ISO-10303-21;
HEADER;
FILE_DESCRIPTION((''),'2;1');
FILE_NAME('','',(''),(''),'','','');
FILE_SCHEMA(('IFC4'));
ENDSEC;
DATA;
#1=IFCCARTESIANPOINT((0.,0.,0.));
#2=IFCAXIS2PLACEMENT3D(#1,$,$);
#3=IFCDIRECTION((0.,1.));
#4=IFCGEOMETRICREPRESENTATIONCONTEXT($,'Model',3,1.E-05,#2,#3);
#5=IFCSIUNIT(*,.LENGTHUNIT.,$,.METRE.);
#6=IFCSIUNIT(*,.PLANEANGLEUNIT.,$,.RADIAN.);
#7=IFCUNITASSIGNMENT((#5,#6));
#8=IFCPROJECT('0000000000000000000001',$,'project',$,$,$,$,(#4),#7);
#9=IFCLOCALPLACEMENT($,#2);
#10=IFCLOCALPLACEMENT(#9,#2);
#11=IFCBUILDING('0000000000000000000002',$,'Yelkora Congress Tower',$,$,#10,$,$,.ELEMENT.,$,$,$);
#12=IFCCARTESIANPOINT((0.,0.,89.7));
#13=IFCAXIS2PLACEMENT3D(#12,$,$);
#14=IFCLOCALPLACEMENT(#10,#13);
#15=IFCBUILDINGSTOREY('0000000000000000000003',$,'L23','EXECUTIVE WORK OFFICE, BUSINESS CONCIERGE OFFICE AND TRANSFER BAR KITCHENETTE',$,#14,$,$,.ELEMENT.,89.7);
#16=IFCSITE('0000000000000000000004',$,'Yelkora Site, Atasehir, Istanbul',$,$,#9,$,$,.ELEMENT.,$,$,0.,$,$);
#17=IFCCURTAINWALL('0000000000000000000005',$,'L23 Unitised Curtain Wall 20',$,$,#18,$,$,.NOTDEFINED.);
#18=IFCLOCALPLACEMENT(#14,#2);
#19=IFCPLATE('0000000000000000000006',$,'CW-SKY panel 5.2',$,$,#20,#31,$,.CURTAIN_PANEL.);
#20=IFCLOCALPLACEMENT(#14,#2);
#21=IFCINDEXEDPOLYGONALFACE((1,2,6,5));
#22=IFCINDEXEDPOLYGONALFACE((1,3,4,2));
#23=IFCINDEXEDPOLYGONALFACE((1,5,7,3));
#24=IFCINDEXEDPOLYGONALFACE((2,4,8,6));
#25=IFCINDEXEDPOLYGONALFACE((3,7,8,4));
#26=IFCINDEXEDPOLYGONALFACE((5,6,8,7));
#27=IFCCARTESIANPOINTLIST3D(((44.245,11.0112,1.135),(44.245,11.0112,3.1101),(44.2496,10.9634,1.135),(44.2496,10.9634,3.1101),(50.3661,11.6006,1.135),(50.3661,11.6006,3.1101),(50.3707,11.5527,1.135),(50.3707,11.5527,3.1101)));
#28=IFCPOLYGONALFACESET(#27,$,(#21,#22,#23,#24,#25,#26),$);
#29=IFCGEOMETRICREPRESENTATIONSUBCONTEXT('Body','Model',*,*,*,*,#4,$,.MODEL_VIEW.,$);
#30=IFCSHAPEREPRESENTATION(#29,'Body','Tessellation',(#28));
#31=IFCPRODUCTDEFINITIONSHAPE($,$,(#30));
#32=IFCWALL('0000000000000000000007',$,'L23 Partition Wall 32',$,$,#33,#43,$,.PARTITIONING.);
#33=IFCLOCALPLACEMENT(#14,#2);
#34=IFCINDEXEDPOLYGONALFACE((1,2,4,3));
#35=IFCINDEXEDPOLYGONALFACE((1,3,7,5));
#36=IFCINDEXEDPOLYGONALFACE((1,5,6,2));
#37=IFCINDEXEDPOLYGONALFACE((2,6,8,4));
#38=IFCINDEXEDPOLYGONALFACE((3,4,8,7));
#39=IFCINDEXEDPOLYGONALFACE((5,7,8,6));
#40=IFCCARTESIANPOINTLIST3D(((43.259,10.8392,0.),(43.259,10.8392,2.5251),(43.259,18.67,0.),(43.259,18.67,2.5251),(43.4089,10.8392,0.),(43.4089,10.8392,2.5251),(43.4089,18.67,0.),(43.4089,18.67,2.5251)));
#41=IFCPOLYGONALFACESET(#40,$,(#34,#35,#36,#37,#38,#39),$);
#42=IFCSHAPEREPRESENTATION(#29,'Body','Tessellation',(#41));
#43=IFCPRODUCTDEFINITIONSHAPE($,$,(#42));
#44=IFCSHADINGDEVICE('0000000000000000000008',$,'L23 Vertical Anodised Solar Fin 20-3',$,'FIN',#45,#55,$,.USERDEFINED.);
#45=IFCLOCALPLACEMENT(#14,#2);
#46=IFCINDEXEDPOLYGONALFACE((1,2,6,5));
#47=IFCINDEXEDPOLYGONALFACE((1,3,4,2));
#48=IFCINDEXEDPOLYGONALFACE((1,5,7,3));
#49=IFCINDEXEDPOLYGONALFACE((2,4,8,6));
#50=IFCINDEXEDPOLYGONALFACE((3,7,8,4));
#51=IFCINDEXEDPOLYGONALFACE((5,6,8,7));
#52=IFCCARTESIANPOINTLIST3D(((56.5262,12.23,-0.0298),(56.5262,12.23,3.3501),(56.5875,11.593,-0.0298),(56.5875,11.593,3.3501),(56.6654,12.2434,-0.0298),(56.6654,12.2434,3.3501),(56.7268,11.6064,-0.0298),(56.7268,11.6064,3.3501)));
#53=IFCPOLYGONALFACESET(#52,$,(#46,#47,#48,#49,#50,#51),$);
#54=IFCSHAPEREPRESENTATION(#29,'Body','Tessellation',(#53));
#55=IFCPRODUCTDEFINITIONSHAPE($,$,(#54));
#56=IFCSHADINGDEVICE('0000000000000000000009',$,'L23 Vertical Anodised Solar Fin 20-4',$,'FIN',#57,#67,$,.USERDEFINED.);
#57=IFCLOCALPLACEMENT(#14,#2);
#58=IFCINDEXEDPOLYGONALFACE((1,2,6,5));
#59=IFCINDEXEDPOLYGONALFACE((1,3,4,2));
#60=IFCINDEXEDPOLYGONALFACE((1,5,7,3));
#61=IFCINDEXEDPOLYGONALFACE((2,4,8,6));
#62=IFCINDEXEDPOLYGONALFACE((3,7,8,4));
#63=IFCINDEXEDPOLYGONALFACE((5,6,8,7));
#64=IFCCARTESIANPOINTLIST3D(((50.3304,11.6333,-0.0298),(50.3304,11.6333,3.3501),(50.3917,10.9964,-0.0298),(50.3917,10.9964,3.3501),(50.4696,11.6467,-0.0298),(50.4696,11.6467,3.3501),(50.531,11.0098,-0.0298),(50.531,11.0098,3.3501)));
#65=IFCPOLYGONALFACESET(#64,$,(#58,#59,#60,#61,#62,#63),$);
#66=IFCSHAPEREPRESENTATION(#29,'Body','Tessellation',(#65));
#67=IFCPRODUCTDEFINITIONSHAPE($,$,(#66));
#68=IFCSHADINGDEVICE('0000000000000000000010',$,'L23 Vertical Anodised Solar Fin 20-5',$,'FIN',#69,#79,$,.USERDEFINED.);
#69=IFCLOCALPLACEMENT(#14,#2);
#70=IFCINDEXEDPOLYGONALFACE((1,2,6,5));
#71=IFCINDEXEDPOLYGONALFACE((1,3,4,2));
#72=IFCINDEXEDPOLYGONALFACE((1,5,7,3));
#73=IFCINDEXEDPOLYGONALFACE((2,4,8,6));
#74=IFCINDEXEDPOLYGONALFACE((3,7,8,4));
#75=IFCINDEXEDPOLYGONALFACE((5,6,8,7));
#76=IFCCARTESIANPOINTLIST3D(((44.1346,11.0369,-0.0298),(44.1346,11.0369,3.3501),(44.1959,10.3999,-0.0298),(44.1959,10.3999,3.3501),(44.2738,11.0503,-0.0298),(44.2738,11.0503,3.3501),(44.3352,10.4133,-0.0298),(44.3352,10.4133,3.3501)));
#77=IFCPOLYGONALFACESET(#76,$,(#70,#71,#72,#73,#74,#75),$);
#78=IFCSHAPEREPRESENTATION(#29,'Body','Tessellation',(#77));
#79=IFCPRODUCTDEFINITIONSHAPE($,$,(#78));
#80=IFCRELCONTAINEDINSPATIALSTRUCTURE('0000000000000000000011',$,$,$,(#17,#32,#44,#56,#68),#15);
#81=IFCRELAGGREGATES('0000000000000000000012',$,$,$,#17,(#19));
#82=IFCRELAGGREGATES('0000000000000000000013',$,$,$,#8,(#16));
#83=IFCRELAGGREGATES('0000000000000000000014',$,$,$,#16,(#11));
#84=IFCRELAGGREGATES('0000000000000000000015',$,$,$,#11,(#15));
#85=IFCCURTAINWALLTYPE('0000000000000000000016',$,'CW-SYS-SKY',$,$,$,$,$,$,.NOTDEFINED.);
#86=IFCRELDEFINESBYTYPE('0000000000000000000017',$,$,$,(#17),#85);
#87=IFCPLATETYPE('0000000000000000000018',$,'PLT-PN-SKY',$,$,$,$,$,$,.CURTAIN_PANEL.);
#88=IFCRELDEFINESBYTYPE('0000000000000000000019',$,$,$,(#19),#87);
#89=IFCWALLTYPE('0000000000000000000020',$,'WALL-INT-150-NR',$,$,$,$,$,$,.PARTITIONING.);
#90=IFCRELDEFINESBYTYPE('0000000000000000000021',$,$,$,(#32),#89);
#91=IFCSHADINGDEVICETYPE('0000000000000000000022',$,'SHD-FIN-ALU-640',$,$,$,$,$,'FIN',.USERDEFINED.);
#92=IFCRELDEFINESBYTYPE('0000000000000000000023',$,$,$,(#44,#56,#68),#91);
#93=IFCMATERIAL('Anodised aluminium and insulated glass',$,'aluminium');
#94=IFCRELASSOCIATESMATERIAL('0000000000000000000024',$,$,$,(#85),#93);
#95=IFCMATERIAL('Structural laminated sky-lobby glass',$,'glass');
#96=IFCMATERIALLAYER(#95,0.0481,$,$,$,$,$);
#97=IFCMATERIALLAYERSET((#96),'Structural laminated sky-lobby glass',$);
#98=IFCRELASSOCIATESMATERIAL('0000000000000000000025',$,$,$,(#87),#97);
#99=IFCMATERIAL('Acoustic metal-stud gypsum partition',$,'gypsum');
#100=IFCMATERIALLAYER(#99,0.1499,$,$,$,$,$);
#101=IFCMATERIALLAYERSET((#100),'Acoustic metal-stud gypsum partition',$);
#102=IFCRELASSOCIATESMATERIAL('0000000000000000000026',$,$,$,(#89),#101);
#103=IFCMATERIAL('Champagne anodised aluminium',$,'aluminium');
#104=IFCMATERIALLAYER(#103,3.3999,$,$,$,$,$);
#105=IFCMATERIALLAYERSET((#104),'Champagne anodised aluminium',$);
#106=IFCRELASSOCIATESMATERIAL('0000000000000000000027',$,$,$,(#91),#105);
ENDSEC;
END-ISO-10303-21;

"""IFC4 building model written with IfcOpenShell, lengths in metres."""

from ifc_helpers import new_model, si_unit, direction, frame, frame_2d, origin, origin_2d, place, context, subcontext, project, spatial, rectangle, extrude, material, layer, layer_set, type_object, element, aggregate, save


model = new_model("IFC4")

# Units and contexts
model_context = context("Model", 3, precision=1e-05, world=origin(), true_north=direction((0.0, 1.0)))
body_context = subcontext(model_context, "Body", "Model", "MODEL_VIEW")
ifc_project = project(units=[si_unit("LENGTHUNIT", "METRE"), si_unit("PLANEANGLEUNIT", "RADIAN")], contexts=[model_context])

# Site, building, storey
site_placement = place(None, origin())
site = spatial("IfcSite", under=ifc_project, at=site_placement, Name="Yelkora Site, Atasehir, Istanbul", CompositionType="ELEMENT", RefElevation=0.0)
building_placement = place(site_placement, origin())
building = spatial("IfcBuilding", under=site, at=building_placement, Name="Yelkora Congress Tower", CompositionType="ELEMENT")
storey_placement = place(building_placement, frame((0.0, 0.0, 89.7)))
storey = spatial("IfcBuildingStorey", under=building, at=storey_placement, Name="L23", Description="EXECUTIVE WORK OFFICE, BUSINESS CONCIERGE OFFICE AND TRANSFER BAR KITCHENETTE", CompositionType="ELEMENT", Elevation=89.7)

# Curtain wall, plate
ifc_material_1 = material(Name="Anodised aluminium and insulated glass", Category="aluminium")
curtain_wall_type = type_object("IfcCurtainWallType", Name="CW-SYS-SKY", PredefinedType="NOTDEFINED", material=ifc_material_1)
curtain_wall_placement = place(storey_placement, origin())
curtain_wall = element("IfcCurtainWall", 1, at=curtain_wall_placement, inside=storey, type_object=curtain_wall_type, Name="L23 Unitised Curtain Wall 20", PredefinedType="NOTDEFINED")
ifc_material_2 = material(Name="Structural laminated sky-lobby glass", Category="glass")
ifc_layer_1 = layer(ifc_material_2, 0.0481)
ifc_layer_set_1 = layer_set([ifc_layer_1], Name="Structural laminated sky-lobby glass")
plate_type = type_object("IfcPlateType", Name="PLT-PN-SKY", PredefinedType="CURTAIN_PANEL", material=ifc_layer_set_1)
plate_1_placement = place(storey_placement, frame((47.3079, 11.282, 1.135), z_axis=(0.0, 0.0, 1.0), x_axis=(-0.995396, -0.095844, 0.0)))
plate_1 = element("IfcPlate", 2, at=plate_1_placement, type_object=plate_type, Name="CW-SKY panel 5.2", PredefinedType="CURTAIN_PANEL", context=body_context, shape_type="SweptSolid", body=[
    extrude(rectangle(XDim=6.1494, YDim=0.0481, at=origin_2d()), origin(), (0.0, 0.0, 1.0), 1.9751),
])
aggregate(curtain_wall, [plate_1])

# Wall
ifc_material_3 = material(Name="Acoustic metal-stud gypsum partition", Category="gypsum")
ifc_layer_2 = layer(ifc_material_3, 0.1499)
ifc_layer_set_2 = layer_set([ifc_layer_2], Name="Acoustic metal-stud gypsum partition")
wall_type = type_object("IfcWallType", Name="WALL-INT-150-NR", PredefinedType="PARTITIONING", material=ifc_layer_set_2)
wall_placement = place(storey_placement, frame((43.334, 10.8391, 0.0), z_axis=(0.0, 0.0, 1.0), x_axis=(0.0, 1.0, 0.0)))
element("IfcWall", 3, at=wall_placement, inside=storey, type_object=wall_type, Name="L23 Partition Wall 32", PredefinedType="PARTITIONING", context=body_context, shape_type="SweptSolid", body=[
    extrude(rectangle(XDim=7.8308, YDim=0.1499, at=frame_2d((3.9155, 0.0))), origin(), (0.0, 0.0, 1.0), 2.5251),
])

# Shading devices
ifc_material_4 = material(Name="Champagne anodised aluminium", Category="aluminium")
ifc_layer_3 = layer(ifc_material_4, 3.3999)
ifc_layer_set_3 = layer_set([ifc_layer_3], Name="Champagne anodised aluminium")
shading_device_type = type_object("IfcShadingDeviceType", Name="SHD-FIN-ALU-640", ElementType="FIN", PredefinedType="USERDEFINED", material=ifc_layer_set_3)
for number, where, z_axis, x_axis, name in (
    (4, (56.6265, 11.9182, -0.0298), (0.0, 0.0, 1.0), (-0.995396, -0.095846, 0.0), "L23 Vertical Anodised Solar Fin 20-3"),
    (5, (50.4307, 11.3215, -0.0298), (0.0, 0.0, 1.0), (-0.995396, -0.095846, 0.0), "L23 Vertical Anodised Solar Fin 20-4"),
    (6, (44.2349, 10.7251, -0.0298), (0.0, 0.0, 1.0), (-0.995396, -0.095846, 0.0), "L23 Vertical Anodised Solar Fin 20-5"),
):
    element("IfcShadingDevice", number, at=place(storey_placement, frame(where, z_axis=z_axis, x_axis=x_axis)), inside=storey, type_object=shading_device_type, Name=name, ObjectType="FIN", PredefinedType="USERDEFINED", context=body_context, shape_type="SweptSolid", body=[
        extrude(rectangle(XDim=0.1399, YDim=0.6399, at=origin_2d()), origin(), (0.0, 0.0, 1.0), 3.3799),
    ])

save(model, "model.ifc")
